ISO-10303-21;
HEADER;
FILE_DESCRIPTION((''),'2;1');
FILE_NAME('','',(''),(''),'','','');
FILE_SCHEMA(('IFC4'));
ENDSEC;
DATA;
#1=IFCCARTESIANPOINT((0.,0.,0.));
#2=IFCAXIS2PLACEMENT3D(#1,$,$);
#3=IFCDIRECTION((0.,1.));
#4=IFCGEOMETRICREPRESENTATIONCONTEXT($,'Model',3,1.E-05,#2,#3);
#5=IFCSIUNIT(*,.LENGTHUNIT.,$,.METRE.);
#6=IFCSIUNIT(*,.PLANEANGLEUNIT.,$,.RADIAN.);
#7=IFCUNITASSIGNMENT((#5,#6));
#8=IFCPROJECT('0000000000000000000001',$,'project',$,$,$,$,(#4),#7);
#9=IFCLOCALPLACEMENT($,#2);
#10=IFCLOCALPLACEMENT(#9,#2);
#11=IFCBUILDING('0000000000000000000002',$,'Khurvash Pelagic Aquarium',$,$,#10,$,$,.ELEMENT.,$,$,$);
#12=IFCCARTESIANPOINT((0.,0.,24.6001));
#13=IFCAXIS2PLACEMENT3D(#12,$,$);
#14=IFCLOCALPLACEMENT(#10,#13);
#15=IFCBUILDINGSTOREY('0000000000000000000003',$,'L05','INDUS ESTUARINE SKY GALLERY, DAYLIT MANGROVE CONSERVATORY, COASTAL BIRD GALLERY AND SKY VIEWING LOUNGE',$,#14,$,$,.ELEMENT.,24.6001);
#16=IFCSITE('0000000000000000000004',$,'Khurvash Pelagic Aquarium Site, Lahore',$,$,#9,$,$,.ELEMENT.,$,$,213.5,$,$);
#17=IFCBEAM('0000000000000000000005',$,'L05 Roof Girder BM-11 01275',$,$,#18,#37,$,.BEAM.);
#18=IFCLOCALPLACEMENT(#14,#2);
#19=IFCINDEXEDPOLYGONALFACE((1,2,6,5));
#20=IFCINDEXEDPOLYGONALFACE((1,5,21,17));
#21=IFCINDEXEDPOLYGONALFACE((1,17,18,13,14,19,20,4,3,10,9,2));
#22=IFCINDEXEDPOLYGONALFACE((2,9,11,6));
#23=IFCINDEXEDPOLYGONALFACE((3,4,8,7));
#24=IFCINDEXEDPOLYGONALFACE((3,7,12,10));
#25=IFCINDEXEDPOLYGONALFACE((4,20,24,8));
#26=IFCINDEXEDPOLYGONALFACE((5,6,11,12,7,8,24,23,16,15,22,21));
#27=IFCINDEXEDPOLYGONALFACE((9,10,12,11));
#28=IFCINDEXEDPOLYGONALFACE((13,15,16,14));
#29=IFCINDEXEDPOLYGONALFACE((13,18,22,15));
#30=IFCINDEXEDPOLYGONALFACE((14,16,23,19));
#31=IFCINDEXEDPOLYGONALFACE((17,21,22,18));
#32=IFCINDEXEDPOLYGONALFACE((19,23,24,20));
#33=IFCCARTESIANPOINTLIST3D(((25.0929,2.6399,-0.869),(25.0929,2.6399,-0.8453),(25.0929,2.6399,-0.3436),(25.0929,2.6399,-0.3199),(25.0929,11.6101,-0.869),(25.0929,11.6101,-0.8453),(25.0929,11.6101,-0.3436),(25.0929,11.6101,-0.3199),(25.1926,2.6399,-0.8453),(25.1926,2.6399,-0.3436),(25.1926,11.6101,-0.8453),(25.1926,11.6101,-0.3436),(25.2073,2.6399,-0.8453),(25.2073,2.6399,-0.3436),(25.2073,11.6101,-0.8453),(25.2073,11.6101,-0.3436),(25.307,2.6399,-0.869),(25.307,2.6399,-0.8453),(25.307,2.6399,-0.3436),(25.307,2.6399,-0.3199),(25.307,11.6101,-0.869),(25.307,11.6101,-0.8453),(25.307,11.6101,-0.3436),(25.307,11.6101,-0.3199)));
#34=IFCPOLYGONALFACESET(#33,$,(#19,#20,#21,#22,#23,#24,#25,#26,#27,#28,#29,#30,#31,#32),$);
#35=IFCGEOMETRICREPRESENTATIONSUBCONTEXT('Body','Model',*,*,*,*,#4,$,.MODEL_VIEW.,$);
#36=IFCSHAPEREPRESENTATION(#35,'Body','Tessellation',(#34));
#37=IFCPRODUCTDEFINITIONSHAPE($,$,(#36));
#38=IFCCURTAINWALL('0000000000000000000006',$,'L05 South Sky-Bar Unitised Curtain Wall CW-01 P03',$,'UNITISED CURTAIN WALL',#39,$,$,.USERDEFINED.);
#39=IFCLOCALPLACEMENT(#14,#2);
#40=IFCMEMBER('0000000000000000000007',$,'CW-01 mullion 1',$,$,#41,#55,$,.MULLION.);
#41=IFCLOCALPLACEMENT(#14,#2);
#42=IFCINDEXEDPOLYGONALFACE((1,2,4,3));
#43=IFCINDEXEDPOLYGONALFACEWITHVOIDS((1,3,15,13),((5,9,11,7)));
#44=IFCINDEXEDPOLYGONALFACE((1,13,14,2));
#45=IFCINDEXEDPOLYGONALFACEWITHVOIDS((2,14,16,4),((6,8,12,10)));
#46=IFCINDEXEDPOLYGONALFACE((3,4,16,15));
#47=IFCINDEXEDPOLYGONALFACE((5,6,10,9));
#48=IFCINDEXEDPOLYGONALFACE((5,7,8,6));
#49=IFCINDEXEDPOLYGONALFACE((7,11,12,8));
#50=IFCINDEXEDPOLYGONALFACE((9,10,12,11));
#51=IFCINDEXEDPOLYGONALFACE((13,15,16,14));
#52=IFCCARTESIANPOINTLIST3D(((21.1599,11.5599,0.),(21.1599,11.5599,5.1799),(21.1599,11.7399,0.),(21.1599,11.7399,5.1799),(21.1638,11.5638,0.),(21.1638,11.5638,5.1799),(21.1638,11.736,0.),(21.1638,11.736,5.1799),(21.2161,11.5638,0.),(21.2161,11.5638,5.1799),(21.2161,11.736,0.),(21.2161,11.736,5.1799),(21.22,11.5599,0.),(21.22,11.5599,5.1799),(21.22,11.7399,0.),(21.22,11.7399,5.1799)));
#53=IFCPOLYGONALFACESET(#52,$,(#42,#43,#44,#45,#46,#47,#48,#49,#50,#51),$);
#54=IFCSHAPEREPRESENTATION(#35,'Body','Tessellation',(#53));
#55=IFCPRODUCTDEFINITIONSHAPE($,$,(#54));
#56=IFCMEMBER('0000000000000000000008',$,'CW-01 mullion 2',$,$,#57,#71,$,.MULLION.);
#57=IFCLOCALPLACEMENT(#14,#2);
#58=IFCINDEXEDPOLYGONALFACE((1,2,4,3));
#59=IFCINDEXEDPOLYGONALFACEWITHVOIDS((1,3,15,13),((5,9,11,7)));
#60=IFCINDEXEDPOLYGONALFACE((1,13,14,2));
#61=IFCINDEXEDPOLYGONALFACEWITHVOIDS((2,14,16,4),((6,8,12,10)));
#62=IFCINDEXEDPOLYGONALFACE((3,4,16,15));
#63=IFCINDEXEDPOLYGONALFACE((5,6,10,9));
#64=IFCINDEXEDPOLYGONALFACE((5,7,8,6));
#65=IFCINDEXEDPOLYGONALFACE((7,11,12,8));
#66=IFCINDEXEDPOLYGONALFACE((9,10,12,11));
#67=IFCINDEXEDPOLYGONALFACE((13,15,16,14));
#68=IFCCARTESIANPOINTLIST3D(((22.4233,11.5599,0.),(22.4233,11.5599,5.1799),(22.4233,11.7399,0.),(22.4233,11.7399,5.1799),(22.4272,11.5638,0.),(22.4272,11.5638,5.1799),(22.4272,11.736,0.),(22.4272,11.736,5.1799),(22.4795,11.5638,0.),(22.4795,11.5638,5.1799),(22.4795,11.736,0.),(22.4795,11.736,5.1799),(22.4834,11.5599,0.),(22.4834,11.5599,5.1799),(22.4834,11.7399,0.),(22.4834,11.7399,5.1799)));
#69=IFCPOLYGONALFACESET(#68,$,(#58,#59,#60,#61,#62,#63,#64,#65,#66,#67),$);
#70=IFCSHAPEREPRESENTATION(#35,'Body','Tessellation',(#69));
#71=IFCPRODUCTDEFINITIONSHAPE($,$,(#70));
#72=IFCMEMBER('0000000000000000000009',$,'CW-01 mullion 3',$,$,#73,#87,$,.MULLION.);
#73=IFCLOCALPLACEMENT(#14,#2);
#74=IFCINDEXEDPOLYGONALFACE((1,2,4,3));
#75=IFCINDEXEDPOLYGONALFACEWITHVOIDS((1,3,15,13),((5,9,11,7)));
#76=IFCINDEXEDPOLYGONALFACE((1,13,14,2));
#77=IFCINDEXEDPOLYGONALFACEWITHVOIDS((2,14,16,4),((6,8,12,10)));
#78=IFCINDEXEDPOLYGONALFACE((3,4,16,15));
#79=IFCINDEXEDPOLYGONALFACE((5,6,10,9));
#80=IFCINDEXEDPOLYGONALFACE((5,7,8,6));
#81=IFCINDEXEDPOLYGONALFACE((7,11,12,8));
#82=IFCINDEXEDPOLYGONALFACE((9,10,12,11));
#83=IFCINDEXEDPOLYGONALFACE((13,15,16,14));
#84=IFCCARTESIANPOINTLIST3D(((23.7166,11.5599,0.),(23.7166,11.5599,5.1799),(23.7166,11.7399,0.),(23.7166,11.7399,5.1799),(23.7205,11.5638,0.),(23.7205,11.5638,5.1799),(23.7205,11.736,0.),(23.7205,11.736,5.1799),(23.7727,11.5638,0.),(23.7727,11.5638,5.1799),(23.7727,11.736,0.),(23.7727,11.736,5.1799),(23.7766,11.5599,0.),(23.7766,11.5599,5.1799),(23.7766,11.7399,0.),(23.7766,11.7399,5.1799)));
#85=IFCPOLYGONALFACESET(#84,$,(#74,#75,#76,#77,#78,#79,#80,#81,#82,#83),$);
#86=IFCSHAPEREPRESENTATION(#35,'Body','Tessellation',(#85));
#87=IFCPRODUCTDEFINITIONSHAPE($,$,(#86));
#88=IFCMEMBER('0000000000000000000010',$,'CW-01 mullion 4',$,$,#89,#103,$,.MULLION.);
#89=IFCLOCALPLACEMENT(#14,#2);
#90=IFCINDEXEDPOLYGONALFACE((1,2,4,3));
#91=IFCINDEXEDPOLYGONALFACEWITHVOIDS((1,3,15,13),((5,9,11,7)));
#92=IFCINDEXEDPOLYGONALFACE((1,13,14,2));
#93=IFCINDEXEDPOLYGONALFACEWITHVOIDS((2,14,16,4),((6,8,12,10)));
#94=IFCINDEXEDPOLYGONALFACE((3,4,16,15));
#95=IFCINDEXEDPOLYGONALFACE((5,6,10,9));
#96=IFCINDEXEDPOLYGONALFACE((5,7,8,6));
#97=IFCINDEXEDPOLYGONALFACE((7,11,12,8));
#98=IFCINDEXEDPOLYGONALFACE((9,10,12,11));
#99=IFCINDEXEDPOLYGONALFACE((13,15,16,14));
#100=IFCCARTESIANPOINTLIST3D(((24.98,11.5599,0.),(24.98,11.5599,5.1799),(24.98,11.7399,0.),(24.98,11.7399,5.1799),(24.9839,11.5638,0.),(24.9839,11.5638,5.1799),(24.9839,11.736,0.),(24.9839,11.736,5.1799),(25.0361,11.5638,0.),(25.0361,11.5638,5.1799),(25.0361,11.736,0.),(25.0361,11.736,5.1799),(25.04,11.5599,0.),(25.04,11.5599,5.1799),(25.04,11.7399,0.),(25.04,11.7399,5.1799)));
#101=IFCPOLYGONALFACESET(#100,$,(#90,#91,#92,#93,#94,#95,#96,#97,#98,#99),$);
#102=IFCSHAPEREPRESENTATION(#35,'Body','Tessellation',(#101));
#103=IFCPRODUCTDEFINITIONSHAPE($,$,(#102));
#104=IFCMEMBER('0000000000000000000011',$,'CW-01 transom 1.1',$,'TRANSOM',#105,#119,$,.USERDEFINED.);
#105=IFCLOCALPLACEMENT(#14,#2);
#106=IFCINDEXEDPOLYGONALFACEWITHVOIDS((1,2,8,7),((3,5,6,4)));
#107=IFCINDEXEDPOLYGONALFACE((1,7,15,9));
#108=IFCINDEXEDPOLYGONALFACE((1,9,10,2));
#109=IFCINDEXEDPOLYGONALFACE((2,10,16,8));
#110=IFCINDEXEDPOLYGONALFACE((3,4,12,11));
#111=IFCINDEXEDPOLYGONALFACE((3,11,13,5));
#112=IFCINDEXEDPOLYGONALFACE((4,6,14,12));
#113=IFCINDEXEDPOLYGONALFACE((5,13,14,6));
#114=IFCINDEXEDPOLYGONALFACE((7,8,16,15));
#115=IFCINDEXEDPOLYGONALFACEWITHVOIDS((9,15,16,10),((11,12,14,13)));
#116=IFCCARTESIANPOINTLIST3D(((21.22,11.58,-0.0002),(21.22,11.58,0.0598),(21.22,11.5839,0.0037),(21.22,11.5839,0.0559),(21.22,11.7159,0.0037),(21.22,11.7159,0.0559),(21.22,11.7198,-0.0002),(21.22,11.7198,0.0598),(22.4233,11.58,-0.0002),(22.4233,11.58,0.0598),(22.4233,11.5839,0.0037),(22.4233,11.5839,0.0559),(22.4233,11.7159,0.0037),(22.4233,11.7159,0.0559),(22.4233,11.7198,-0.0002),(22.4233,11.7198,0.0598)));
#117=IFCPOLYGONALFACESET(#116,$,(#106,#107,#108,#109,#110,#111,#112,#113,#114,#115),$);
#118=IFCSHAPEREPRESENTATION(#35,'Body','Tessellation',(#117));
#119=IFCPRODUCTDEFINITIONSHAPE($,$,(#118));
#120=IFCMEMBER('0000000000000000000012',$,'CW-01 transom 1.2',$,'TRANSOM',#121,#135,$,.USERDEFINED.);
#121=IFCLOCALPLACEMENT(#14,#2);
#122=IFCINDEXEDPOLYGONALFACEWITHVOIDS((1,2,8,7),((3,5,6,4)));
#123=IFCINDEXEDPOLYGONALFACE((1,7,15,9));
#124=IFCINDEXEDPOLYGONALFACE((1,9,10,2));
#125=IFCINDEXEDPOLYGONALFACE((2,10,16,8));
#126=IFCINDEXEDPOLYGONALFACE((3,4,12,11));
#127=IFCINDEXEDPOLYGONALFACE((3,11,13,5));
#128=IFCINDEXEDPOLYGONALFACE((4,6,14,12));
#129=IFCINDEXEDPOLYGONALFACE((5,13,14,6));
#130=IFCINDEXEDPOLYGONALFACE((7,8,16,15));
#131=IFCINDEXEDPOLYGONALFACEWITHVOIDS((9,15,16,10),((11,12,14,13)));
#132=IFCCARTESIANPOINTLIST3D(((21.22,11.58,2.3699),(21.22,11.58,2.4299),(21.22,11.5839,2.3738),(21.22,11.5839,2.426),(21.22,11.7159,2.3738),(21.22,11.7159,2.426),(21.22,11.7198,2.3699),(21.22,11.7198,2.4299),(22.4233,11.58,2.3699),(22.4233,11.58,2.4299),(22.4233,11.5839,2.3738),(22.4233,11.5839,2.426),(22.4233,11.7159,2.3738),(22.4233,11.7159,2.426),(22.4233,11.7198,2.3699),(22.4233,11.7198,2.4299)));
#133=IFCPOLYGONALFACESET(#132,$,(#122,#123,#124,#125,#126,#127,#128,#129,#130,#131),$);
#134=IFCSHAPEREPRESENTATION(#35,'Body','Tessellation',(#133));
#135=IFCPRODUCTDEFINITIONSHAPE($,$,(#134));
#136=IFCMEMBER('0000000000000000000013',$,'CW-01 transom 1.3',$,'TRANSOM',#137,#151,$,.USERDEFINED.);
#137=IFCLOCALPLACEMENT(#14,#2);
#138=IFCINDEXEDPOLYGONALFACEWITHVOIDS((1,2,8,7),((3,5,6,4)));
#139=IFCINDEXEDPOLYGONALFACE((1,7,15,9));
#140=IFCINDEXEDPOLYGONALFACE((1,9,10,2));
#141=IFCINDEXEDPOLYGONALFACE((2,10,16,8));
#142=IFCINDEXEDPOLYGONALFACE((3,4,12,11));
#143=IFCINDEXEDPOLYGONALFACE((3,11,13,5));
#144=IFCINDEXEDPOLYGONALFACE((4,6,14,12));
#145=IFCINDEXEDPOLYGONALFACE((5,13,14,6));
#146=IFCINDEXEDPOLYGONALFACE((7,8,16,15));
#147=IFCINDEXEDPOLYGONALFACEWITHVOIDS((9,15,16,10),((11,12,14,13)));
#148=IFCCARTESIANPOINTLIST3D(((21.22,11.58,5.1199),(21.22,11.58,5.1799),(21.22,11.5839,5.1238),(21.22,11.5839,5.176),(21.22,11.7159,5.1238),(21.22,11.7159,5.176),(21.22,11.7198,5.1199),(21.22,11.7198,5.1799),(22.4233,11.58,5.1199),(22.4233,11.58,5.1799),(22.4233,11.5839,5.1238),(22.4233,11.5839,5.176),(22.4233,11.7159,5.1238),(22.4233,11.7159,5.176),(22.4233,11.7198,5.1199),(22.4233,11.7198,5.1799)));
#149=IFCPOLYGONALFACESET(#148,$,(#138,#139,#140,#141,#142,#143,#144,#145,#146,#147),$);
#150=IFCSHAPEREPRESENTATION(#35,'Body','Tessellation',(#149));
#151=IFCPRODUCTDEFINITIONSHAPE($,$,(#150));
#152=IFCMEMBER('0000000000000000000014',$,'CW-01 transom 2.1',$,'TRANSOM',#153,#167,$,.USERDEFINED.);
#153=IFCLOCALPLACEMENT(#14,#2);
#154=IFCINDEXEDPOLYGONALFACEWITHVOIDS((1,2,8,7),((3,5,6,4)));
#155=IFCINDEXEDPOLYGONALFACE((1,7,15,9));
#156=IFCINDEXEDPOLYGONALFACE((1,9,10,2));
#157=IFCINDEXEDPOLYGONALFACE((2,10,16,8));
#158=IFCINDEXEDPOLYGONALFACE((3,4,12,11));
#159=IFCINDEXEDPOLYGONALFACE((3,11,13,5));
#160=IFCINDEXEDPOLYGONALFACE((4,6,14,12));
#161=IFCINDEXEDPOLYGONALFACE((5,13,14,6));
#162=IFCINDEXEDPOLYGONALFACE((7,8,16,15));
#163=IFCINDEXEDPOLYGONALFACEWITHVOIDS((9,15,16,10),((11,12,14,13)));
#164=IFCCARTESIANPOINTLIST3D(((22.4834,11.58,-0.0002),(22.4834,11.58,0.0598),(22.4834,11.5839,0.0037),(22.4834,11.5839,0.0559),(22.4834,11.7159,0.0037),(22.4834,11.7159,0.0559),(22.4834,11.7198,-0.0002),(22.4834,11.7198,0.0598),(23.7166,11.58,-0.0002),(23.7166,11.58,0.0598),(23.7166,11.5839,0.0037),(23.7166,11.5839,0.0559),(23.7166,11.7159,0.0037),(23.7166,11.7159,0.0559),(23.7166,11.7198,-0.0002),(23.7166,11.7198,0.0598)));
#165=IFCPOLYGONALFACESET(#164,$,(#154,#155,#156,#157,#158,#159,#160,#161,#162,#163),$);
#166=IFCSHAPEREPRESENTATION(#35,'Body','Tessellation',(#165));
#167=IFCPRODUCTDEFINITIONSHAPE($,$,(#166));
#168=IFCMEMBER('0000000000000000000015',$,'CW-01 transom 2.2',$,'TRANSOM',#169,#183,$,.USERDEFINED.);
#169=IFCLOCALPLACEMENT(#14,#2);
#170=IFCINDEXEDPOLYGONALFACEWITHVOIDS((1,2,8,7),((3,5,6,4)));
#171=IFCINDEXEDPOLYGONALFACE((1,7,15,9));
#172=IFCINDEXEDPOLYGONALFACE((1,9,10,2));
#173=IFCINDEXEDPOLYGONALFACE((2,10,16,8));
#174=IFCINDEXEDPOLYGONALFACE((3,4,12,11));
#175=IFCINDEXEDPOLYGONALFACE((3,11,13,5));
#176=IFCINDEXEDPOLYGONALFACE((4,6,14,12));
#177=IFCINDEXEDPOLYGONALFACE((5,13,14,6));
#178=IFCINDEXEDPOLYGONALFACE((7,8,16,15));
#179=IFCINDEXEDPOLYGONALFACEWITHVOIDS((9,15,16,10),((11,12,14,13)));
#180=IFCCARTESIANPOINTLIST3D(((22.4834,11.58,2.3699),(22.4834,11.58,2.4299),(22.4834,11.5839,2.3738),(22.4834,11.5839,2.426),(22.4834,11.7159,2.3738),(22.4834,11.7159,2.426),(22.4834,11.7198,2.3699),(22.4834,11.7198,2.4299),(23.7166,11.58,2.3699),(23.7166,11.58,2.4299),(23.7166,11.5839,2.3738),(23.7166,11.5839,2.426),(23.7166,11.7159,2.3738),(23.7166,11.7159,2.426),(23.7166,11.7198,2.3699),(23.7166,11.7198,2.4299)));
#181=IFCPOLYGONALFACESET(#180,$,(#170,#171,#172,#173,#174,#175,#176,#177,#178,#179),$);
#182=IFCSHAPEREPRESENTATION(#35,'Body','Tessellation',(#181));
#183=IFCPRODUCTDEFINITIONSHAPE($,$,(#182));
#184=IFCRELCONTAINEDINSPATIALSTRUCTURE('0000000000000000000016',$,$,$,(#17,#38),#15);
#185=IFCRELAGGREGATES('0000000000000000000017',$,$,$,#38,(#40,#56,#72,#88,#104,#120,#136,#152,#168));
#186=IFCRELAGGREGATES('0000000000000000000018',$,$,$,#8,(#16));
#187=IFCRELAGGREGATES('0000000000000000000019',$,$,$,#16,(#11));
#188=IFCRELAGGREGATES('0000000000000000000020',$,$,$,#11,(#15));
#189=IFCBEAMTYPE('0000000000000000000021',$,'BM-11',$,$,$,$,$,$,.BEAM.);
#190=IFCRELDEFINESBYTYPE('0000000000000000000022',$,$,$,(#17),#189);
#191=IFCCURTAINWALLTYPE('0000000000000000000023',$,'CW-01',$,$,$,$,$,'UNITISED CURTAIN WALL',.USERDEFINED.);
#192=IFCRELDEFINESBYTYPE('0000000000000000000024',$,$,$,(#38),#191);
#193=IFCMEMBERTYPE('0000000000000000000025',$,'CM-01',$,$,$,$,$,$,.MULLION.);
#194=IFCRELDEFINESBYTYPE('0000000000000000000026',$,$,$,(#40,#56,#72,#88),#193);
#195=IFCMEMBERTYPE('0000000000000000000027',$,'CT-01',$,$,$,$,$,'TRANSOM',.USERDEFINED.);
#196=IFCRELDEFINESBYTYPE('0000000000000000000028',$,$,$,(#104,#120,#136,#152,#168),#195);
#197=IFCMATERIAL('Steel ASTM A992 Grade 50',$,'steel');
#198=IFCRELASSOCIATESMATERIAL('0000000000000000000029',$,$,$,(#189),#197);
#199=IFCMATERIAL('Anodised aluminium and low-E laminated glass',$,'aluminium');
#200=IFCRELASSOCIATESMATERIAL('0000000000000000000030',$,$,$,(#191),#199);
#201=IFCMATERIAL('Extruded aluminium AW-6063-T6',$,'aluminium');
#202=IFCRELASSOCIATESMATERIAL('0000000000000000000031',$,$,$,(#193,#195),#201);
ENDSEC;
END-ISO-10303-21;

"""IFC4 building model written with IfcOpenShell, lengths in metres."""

from ifc_helpers import new_model, si_unit, direction, frame, origin, origin_2d, place, context, subcontext, project, spatial, hollow_rectangle, i_section, extrude, material, material_profile, profile_set, type_object, element, aggregate, save


model = new_model("IFC4")

# Units and contexts
model_context = context("Model", 3, precision=1e-05, world=origin(), true_north=direction((0.0, 1.0)))
body_context = subcontext(model_context, "Body", "Model", "MODEL_VIEW")
ifc_project = project(units=[si_unit("LENGTHUNIT", "METRE"), si_unit("PLANEANGLEUNIT", "RADIAN")], contexts=[model_context])

# Site, building, storey
site_placement = place(None, origin())
site = spatial("IfcSite", under=ifc_project, at=site_placement, Name="Khurvash Pelagic Aquarium Site, Lahore", CompositionType="ELEMENT", RefElevation=213.5)
building_placement = place(site_placement, origin())
building = spatial("IfcBuilding", under=site, at=building_placement, Name="Khurvash Pelagic Aquarium", CompositionType="ELEMENT")
storey_placement = place(building_placement, frame((0.0, 0.0, 24.6001)))
storey = spatial("IfcBuildingStorey", under=building, at=storey_placement, Name="L05", Description="INDUS ESTUARINE SKY GALLERY, DAYLIT MANGROVE CONSERVATORY, COASTAL BIRD GALLERY AND SKY VIEWING LOUNGE", CompositionType="ELEMENT", Elevation=24.6001)

# Beam
ifc_material_1 = material(Name="Steel ASTM A992 Grade 50", Category="steel")
ifc_material_profile_1 = material_profile(ifc_material_1, i_section(OverallWidth=0.2141, OverallDepth=0.5491, WebThickness=0.0146, FlangeThickness=0.0237, at=origin_2d()), Name="W21X93")
ifc_profile_set_1 = profile_set([ifc_material_profile_1], Name="Steel ASTM A992 Grade 50")
beam_type = type_object("IfcBeamType", Name="BM-11", PredefinedType="BEAM", material=ifc_profile_set_1)
beam_placement = place(storey_placement, frame((25.2, 2.6399, -0.5945), z_axis=(0.0, 1.0, 0.0), x_axis=(-1.0, 0.0, 0.0)))
element("IfcBeam", 1, at=beam_placement, inside=storey, type_object=beam_type, Name="L05 Roof Girder BM-11 01275", PredefinedType="BEAM", context=body_context, shape_type="SweptSolid", body=[
    extrude(i_section(OverallWidth=0.2141, OverallDepth=0.5491, WebThickness=0.0146, FlangeThickness=0.0237, at=origin_2d()), origin(), (0.0, 0.0, 1.0), 8.9702),
])

# Curtain wall, members
ifc_material_2 = material(Name="Anodised aluminium and low-E laminated glass", Category="aluminium")
curtain_wall_type = type_object("IfcCurtainWallType", Name="CW-01", ElementType="UNITISED CURTAIN WALL", PredefinedType="USERDEFINED", material=ifc_material_2)
curtain_wall_placement = place(storey_placement, origin())
curtain_wall = element("IfcCurtainWall", 2, at=curtain_wall_placement, inside=storey, type_object=curtain_wall_type, Name="L05 South Sky-Bar Unitised Curtain Wall CW-01 P03", ObjectType="UNITISED CURTAIN WALL", PredefinedType="USERDEFINED")
ifc_material_3 = material(Name="Extruded aluminium AW-6063-T6", Category="aluminium")
ifc_material_profile_2 = material_profile(ifc_material_3, hollow_rectangle(XDim=0.0601, YDim=0.1799, WallThickness=0.0039, at=origin_2d()), Name="CWM60X180X4")
ifc_profile_set_2 = profile_set([ifc_material_profile_2], Name="Extruded aluminium AW-6063-T6")
member_type_1 = type_object("IfcMemberType", Name="CM-01", PredefinedType="MULLION", material=ifc_profile_set_2)
member_1_placement = place(storey_placement, frame((21.1899, 11.6499, 0.0), z_axis=(0.0, 0.0, 1.0), x_axis=(1.0, 0.0, 0.0)))
member_1 = element("IfcMember", 3, at=member_1_placement, type_object=member_type_1, Name="CW-01 mullion 1", PredefinedType="MULLION", context=body_context, shape_type="SweptSolid", body=[
    extrude(hollow_rectangle(XDim=0.0601, YDim=0.1799, WallThickness=0.0039, at=origin_2d()), origin(), (0.0, 0.0, 1.0), 5.1799),
])
member_2_placement = place(storey_placement, frame((22.4534, 11.6499, 0.0), z_axis=(0.0, 0.0, 1.0), x_axis=(1.0, 0.0, 0.0)))
member_2 = element("IfcMember", 4, at=member_2_placement, type_object=member_type_1, Name="CW-01 mullion 2", PredefinedType="MULLION", context=body_context, shape_type="SweptSolid", body=[
    extrude(hollow_rectangle(XDim=0.0601, YDim=0.1799, WallThickness=0.0039, at=origin_2d()), origin(), (0.0, 0.0, 1.0), 5.1799),
])
member_3_placement = place(storey_placement, frame((23.7466, 11.6499, 0.0), z_axis=(0.0, 0.0, 1.0), x_axis=(1.0, 0.0, 0.0)))
member_3 = element("IfcMember", 5, at=member_3_placement, type_object=member_type_1, Name="CW-01 mullion 3", PredefinedType="MULLION", context=body_context, shape_type="SweptSolid", body=[
    extrude(hollow_rectangle(XDim=0.0601, YDim=0.1799, WallThickness=0.0039, at=origin_2d()), origin(), (0.0, 0.0, 1.0), 5.1799),
])
member_4_placement = place(storey_placement, frame((25.01, 11.6499, 0.0), z_axis=(0.0, 0.0, 1.0), x_axis=(1.0, 0.0, 0.0)))
member_4 = element("IfcMember", 6, at=member_4_placement, type_object=member_type_1, Name="CW-01 mullion 4", PredefinedType="MULLION", context=body_context, shape_type="SweptSolid", body=[
    extrude(hollow_rectangle(XDim=0.0601, YDim=0.1799, WallThickness=0.0039, at=origin_2d()), origin(), (0.0, 0.0, 1.0), 5.1799),
])
ifc_material_profile_3 = material_profile(ifc_material_3, hollow_rectangle(XDim=0.1399, YDim=0.0601, WallThickness=0.0039, at=origin_2d()), Name="CWT140X60X4")
ifc_profile_set_3 = profile_set([ifc_material_profile_3], Name="Extruded aluminium AW-6063-T6")
member_type_2 = type_object("IfcMemberType", Name="CT-01", ElementType="TRANSOM", PredefinedType="USERDEFINED", material=ifc_profile_set_3)
member_5_placement = place(storey_placement, frame((21.22, 11.6499, 0.0298), z_axis=(1.0, 0.0, 0.0), x_axis=(0.0, 1.0, 0.0)))
member_5 = element("IfcMember", 7, at=member_5_placement, type_object=member_type_2, Name="CW-01 transom 1.1", ObjectType="TRANSOM", PredefinedType="USERDEFINED", context=body_context, shape_type="SweptSolid", body=[
    extrude(hollow_rectangle(XDim=0.1399, YDim=0.0601, WallThickness=0.0039, at=origin_2d()), origin(), (0.0, 0.0, 1.0), 1.2034),
])
member_6_placement = place(storey_placement, frame((21.22, 11.6499, 2.3999), z_axis=(1.0, 0.0, 0.0), x_axis=(0.0, 1.0, 0.0)))
member_6 = element("IfcMember", 8, at=member_6_placement, type_object=member_type_2, Name="CW-01 transom 1.2", ObjectType="TRANSOM", PredefinedType="USERDEFINED", context=body_context, shape_type="SweptSolid", body=[
    extrude(hollow_rectangle(XDim=0.1399, YDim=0.0601, WallThickness=0.0039, at=origin_2d()), origin(), (0.0, 0.0, 1.0), 1.2034),
])
member_7_placement = place(storey_placement, frame((21.22, 11.6499, 5.1499), z_axis=(1.0, 0.0, 0.0), x_axis=(0.0, 1.0, 0.0)))
member_7 = element("IfcMember", 9, at=member_7_placement, type_object=member_type_2, Name="CW-01 transom 1.3", ObjectType="TRANSOM", PredefinedType="USERDEFINED", context=body_context, shape_type="SweptSolid", body=[
    extrude(hollow_rectangle(XDim=0.1399, YDim=0.0601, WallThickness=0.0039, at=origin_2d()), origin(), (0.0, 0.0, 1.0), 1.2034),
])
member_8_placement = place(storey_placement, frame((22.4834, 11.6499, 0.0298), z_axis=(1.0, 0.0, 0.0), x_axis=(0.0, 1.0, 0.0)))
member_8 = element("IfcMember", 10, at=member_8_placement, type_object=member_type_2, Name="CW-01 transom 2.1", ObjectType="TRANSOM", PredefinedType="USERDEFINED", context=body_context, shape_type="SweptSolid", body=[
    extrude(hollow_rectangle(XDim=0.1399, YDim=0.0601, WallThickness=0.0039, at=origin_2d()), origin(), (0.0, 0.0, 1.0), 1.2332),
])
member_9_placement = place(storey_placement, frame((22.4834, 11.6499, 2.3999), z_axis=(1.0, 0.0, 0.0), x_axis=(0.0, 1.0, 0.0)))
member_9 = element("IfcMember", 11, at=member_9_placement, type_object=member_type_2, Name="CW-01 transom 2.2", ObjectType="TRANSOM", PredefinedType="USERDEFINED", context=body_context, shape_type="SweptSolid", body=[
    extrude(hollow_rectangle(XDim=0.1399, YDim=0.0601, WallThickness=0.0039, at=origin_2d()), origin(), (0.0, 0.0, 1.0), 1.2332),
])

aggregate(curtain_wall, [member_1, member_2, member_3, member_4, member_5, member_6, member_7, member_8, member_9])

save(model, "model.ifc")
